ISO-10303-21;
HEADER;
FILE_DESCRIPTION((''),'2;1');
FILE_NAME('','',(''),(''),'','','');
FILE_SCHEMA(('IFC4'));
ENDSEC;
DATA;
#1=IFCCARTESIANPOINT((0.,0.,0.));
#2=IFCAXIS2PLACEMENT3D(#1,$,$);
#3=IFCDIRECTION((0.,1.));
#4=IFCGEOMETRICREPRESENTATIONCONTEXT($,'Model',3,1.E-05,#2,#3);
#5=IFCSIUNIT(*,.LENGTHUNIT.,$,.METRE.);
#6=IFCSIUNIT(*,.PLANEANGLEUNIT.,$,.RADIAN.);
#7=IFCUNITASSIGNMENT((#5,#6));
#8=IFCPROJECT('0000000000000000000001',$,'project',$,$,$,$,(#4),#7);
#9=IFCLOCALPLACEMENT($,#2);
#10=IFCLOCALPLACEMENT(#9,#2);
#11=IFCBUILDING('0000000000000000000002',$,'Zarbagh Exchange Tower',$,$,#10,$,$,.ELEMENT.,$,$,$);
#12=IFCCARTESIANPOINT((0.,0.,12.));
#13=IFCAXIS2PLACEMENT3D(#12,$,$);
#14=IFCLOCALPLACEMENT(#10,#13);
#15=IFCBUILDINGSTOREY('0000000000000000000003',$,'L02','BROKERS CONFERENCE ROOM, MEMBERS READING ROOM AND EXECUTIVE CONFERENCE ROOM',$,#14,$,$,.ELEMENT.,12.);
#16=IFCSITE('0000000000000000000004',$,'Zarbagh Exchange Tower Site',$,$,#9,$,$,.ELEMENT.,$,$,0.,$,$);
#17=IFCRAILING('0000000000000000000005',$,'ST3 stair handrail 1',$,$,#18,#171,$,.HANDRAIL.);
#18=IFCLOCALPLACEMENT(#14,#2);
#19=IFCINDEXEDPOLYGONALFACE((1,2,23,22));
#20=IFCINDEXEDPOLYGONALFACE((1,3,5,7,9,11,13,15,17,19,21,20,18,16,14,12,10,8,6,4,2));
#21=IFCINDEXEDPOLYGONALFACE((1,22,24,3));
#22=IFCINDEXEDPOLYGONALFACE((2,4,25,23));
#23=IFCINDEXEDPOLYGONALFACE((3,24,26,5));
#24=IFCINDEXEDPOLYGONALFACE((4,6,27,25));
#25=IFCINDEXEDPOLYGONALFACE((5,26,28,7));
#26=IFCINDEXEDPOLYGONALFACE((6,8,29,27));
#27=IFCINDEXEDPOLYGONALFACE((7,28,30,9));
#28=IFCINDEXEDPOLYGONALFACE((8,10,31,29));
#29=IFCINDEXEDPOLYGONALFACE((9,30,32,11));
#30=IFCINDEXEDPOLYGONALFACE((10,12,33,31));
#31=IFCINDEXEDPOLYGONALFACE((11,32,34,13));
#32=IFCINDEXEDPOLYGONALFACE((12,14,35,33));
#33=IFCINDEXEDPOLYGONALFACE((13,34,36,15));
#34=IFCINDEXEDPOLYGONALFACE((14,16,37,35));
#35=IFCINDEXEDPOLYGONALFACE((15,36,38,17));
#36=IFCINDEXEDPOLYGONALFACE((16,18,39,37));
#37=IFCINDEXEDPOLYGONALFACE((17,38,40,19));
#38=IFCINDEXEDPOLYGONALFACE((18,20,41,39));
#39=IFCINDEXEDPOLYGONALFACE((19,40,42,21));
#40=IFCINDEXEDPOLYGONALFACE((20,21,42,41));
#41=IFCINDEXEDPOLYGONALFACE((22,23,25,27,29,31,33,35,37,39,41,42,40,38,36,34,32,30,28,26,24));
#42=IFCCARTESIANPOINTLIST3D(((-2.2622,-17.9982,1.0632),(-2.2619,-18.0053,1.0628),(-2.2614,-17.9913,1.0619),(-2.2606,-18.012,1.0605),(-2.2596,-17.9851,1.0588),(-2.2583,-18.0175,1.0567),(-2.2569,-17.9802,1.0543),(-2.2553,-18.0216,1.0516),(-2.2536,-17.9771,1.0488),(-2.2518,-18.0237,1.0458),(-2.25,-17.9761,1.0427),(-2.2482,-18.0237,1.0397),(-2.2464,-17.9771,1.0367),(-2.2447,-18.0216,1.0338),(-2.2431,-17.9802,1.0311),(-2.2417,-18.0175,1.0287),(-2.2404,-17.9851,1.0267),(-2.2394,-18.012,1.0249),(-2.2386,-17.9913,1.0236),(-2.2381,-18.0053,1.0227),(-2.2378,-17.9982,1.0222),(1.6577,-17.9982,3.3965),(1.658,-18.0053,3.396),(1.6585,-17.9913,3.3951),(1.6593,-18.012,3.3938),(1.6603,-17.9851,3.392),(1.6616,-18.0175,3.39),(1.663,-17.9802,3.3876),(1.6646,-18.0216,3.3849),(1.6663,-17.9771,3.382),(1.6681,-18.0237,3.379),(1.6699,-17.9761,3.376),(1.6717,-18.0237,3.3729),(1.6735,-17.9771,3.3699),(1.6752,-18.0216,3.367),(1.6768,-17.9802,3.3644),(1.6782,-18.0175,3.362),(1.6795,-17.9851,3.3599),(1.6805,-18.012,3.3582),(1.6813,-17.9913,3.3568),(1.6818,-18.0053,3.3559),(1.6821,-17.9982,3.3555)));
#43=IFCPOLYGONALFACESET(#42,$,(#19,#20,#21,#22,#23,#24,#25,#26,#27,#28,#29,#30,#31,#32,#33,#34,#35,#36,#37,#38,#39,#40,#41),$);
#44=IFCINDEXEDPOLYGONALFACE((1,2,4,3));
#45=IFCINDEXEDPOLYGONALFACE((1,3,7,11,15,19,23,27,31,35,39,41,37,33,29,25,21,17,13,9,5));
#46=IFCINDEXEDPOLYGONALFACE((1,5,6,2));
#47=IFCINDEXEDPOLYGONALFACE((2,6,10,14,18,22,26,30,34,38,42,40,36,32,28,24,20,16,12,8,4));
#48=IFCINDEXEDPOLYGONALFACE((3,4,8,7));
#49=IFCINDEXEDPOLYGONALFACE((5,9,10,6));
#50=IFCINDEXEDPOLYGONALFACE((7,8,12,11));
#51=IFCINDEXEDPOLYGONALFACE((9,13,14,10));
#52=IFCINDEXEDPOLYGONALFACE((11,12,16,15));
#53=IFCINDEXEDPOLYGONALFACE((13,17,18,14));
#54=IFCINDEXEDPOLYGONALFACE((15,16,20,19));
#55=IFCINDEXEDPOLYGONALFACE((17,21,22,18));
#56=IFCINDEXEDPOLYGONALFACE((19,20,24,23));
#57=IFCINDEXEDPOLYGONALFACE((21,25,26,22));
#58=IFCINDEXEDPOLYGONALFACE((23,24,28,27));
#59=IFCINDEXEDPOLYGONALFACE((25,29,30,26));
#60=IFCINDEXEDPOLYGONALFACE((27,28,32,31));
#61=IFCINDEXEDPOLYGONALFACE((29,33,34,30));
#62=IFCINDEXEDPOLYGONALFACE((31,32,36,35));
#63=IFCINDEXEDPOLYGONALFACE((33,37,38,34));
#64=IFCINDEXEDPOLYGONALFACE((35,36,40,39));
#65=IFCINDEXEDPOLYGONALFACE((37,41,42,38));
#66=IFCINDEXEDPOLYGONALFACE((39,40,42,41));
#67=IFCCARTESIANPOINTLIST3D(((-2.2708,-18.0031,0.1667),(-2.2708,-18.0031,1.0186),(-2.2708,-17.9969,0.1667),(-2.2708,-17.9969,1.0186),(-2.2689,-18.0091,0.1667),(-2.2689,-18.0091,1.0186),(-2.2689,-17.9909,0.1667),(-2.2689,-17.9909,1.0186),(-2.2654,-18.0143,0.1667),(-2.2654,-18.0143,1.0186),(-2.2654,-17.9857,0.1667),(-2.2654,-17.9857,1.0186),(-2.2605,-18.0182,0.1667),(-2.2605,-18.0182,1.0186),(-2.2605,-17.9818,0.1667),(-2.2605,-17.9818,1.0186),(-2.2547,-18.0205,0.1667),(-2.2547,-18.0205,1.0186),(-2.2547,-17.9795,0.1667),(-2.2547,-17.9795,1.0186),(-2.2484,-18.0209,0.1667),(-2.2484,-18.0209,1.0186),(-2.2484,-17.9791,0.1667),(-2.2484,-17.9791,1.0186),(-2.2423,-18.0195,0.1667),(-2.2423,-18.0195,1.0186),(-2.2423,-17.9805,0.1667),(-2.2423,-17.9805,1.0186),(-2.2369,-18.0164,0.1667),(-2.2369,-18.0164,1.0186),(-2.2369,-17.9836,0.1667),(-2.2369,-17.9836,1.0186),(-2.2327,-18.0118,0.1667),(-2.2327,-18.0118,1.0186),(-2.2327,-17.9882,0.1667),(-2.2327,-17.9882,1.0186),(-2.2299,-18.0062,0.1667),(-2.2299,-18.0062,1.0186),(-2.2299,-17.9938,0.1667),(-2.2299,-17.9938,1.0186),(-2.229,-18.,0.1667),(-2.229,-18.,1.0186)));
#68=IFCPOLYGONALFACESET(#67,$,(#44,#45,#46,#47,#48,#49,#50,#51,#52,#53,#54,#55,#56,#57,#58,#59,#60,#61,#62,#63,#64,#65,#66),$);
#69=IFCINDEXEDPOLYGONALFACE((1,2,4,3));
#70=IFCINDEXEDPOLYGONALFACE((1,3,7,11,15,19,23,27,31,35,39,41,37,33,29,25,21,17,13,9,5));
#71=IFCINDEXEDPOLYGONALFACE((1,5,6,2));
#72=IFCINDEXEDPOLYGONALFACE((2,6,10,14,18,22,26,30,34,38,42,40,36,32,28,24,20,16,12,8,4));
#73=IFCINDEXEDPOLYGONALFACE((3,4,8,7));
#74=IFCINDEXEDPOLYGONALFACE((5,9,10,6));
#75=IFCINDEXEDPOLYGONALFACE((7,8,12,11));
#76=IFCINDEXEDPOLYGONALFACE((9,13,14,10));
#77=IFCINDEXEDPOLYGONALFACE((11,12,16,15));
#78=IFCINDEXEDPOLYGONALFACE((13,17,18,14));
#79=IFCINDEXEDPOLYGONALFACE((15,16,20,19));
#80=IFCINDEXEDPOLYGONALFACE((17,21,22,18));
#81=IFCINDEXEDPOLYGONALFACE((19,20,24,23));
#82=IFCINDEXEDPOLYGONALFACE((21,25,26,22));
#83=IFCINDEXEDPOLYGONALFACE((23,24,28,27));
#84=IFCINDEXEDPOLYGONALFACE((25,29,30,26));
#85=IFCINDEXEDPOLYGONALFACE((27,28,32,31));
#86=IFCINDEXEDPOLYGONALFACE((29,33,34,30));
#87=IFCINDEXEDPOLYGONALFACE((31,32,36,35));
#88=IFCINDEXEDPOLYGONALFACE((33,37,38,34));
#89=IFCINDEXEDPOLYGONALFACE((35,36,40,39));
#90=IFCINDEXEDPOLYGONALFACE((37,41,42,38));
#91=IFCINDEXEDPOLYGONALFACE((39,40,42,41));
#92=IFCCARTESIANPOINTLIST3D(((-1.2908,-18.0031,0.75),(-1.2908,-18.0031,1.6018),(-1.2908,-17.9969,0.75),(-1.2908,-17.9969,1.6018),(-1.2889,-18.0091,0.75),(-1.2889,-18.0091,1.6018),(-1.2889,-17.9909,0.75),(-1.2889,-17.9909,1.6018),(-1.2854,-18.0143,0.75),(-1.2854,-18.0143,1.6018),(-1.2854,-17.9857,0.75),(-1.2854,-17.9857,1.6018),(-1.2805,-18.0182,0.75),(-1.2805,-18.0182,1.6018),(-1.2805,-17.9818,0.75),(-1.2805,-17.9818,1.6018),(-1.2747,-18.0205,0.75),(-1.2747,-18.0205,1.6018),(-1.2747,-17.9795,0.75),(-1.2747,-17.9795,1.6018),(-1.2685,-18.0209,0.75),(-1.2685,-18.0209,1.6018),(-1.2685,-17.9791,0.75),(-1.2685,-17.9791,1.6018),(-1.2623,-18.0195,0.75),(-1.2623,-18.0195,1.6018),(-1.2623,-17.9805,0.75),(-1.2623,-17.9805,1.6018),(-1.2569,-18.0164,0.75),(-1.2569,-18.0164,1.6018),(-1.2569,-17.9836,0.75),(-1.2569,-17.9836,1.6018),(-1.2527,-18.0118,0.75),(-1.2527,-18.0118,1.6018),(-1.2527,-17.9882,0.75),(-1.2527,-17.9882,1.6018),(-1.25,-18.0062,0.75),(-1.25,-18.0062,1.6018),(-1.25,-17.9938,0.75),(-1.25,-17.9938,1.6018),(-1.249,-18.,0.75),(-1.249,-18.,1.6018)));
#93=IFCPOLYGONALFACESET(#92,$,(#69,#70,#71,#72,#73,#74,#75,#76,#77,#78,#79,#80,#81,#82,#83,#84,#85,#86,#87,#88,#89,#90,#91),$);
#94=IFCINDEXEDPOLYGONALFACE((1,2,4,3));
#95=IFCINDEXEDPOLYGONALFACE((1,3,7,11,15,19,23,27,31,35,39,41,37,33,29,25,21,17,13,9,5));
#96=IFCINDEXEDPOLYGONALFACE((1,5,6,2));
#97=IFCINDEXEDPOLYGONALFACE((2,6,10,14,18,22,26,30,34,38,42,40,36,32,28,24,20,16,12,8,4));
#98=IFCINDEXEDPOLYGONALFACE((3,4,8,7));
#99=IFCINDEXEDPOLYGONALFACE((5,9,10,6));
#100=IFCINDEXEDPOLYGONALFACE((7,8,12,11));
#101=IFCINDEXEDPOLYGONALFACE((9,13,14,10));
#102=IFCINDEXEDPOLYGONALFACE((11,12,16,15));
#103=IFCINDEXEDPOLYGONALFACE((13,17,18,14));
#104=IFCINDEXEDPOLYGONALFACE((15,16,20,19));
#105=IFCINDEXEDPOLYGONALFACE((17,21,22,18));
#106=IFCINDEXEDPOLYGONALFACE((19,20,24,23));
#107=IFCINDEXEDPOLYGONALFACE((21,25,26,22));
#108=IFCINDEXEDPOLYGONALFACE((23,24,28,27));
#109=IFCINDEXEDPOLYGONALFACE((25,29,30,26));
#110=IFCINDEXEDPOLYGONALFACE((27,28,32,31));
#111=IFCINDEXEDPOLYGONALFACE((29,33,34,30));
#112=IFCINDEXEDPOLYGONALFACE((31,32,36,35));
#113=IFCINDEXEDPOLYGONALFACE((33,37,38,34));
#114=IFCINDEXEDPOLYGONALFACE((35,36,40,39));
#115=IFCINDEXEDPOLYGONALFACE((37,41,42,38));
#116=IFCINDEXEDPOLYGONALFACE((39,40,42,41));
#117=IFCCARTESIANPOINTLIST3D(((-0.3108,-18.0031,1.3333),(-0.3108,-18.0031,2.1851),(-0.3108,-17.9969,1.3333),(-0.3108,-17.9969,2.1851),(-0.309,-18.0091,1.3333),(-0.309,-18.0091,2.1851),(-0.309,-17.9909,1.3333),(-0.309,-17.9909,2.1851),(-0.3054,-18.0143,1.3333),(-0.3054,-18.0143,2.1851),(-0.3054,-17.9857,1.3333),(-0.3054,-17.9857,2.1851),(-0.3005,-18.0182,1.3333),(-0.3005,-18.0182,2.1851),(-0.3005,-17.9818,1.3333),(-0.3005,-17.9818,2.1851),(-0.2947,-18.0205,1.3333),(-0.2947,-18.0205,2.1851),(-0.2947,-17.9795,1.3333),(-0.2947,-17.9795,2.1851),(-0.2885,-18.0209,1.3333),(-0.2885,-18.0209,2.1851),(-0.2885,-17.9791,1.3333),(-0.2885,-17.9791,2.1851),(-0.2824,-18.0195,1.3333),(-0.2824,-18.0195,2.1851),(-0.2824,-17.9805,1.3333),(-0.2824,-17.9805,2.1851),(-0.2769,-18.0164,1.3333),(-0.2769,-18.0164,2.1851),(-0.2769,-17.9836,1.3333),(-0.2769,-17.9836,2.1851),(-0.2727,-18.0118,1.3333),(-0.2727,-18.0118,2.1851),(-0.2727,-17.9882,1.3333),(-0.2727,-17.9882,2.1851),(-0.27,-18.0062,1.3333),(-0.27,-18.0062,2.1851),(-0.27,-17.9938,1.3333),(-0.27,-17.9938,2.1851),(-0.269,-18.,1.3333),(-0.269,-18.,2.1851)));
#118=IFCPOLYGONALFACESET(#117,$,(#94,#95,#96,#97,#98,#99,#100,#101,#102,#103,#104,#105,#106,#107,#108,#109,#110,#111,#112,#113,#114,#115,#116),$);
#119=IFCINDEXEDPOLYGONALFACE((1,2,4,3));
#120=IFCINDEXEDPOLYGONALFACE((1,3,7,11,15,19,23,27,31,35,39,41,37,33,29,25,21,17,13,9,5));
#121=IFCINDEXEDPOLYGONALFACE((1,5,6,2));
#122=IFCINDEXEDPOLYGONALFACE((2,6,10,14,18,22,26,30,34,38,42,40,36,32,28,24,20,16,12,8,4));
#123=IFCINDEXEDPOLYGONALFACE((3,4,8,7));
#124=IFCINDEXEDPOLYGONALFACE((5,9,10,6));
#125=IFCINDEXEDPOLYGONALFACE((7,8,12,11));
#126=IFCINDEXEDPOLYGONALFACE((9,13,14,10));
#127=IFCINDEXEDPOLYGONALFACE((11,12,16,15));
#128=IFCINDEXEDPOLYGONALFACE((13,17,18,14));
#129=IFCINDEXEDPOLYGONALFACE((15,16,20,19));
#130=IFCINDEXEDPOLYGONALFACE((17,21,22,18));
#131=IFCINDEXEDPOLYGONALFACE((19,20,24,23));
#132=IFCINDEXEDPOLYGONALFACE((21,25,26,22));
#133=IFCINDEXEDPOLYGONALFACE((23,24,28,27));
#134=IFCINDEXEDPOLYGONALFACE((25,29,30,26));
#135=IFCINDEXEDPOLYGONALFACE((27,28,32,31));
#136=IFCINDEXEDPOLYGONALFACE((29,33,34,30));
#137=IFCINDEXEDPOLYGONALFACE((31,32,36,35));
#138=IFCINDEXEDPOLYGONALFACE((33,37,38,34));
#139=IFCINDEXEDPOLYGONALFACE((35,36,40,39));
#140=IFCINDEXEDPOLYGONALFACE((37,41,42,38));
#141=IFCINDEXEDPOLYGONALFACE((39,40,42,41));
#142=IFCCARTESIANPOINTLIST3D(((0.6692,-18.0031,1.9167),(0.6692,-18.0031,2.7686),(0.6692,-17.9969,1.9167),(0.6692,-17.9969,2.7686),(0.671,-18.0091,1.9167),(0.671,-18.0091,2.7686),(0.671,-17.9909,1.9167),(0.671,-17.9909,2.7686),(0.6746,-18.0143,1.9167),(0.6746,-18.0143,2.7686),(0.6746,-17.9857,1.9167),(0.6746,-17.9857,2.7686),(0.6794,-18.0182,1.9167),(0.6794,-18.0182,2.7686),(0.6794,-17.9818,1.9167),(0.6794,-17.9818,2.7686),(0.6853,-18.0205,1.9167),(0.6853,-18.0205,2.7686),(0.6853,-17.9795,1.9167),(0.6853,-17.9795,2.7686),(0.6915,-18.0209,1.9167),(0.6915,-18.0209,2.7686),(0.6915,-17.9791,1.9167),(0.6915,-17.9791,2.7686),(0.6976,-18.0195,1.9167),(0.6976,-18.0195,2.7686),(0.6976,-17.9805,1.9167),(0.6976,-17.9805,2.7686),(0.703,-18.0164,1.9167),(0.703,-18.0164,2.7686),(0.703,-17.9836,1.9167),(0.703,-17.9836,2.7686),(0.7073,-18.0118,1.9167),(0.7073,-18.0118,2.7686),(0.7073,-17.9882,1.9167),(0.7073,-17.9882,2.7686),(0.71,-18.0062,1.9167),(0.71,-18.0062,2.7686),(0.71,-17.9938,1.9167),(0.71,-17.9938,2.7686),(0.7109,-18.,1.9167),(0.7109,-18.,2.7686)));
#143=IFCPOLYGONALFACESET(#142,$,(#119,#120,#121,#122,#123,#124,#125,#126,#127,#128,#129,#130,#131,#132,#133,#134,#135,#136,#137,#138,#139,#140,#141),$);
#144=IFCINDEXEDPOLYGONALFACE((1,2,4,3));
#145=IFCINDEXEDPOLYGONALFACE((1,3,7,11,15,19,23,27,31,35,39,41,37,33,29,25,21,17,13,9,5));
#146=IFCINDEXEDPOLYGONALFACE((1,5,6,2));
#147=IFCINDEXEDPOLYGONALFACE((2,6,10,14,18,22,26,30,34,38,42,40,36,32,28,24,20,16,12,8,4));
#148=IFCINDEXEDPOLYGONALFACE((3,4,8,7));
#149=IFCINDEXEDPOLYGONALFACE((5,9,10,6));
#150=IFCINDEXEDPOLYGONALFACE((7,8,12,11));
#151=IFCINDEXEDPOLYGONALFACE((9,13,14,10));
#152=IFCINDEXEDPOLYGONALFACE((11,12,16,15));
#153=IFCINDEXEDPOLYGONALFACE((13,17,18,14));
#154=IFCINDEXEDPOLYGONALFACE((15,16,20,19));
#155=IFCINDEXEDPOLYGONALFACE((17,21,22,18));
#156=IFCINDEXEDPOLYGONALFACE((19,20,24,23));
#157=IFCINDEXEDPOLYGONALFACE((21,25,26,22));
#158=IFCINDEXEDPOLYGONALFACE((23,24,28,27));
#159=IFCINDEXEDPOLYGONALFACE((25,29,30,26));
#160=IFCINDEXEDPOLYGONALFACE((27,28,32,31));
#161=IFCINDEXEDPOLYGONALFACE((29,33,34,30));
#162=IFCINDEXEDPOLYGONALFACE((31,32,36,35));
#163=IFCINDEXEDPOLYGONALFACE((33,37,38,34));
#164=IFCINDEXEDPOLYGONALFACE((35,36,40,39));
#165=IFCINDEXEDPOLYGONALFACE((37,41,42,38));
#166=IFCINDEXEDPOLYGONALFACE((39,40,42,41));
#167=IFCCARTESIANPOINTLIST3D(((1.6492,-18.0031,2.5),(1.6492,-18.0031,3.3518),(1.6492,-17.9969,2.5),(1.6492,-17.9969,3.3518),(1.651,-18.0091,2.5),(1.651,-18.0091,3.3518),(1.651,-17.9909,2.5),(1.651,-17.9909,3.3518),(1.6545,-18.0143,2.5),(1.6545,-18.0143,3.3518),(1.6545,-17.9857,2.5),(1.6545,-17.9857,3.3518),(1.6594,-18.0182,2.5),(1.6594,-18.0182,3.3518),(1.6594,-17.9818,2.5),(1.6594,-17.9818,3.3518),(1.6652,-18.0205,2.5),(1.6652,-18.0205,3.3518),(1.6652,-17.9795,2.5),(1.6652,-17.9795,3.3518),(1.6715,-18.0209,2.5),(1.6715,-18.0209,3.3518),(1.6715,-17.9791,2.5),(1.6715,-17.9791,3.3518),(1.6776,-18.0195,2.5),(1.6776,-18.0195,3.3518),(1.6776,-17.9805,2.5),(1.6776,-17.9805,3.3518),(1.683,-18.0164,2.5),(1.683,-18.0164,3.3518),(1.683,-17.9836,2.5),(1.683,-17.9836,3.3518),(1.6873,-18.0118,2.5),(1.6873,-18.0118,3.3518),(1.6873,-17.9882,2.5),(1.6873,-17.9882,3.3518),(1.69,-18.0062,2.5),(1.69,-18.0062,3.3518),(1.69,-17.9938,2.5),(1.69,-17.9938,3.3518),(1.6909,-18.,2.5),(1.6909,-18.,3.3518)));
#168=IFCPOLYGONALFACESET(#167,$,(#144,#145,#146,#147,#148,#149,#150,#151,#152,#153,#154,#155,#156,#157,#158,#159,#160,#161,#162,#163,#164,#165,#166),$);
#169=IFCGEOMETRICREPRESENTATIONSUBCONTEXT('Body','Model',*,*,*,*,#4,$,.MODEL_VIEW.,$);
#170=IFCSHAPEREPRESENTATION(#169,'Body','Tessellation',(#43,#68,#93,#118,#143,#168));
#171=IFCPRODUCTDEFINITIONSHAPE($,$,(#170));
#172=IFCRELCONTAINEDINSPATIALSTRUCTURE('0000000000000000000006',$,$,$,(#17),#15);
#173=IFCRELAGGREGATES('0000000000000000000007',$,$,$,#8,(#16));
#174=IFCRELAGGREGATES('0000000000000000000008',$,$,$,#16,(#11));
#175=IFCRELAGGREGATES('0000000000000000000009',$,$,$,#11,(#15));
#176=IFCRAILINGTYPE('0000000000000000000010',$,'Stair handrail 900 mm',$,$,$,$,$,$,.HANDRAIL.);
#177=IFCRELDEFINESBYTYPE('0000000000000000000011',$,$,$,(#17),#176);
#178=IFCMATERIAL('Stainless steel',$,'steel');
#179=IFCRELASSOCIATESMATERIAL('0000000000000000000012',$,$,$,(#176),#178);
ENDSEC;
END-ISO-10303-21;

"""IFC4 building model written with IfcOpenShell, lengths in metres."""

from ifc_helpers import new_model, si_unit, direction, frame, origin, origin_2d, place, context, subcontext, project, spatial, circle, extrude, material, type_object, element, save


model = new_model("IFC4")

# Units and contexts
model_context = context("Model", 3, precision=1e-05, world=origin(), true_north=direction((0.0, 1.0)))
body_context = subcontext(model_context, "Body", "Model", "MODEL_VIEW")
ifc_project = project(units=[si_unit("LENGTHUNIT", "METRE"), si_unit("PLANEANGLEUNIT", "RADIAN")], contexts=[model_context])

# Site, building, storey
site_placement = place(None, origin())
site = spatial("IfcSite", under=ifc_project, at=site_placement, Name="Zarbagh Exchange Tower Site", CompositionType="ELEMENT", RefElevation=0.0)
building_placement = place(site_placement, origin())
building = spatial("IfcBuilding", under=site, at=building_placement, Name="Zarbagh Exchange Tower", CompositionType="ELEMENT")
storey_placement = place(building_placement, frame((0.0, 0.0, 12.0)))
storey = spatial("IfcBuildingStorey", under=building, at=storey_placement, Name="L02", Description="BROKERS CONFERENCE ROOM, MEMBERS READING ROOM AND EXECUTIVE CONFERENCE ROOM", CompositionType="ELEMENT", Elevation=12.0)

# Railing
ifc_material_1 = material(Name="Stainless steel", Category="steel")
railing_type_1 = type_object("IfcRailingType", Name="Stair handrail 900 mm", PredefinedType="HANDRAIL", material=ifc_material_1)
for number, where, name in (
    (1, (-2.25, -18.0, 0.1667), "ST3 stair handrail 1"),
):
    element("IfcRailing", number, at=place(storey_placement, frame(where)), inside=storey, type_object=railing_type_1, Name=name, PredefinedType="HANDRAIL", context=body_context, shape_type="SweptSolid", body=[
        extrude(circle(Radius=0.0239, at=origin_2d()), frame((0.0, 0.0, 0.876), z_axis=(0.859296, 0.0, 0.511478), x_axis=(0.0, 1.0, 0.0)), (0.0, 0.0, 1.0), 4.5618),
        extrude(circle(Radius=0.021, at=origin_2d()), origin(), (0.0, 0.0, 1.0), 0.8518),
        extrude(circle(Radius=0.021, at=origin_2d()), frame((0.98, 0.0, 0.5833)), (0.0, 0.0, 1.0), 0.8518),
        extrude(circle(Radius=0.021, at=origin_2d()), frame((1.96, 0.0, 1.1665)), (0.0, 0.0, 1.0), 0.8518),
        extrude(circle(Radius=0.021, at=origin_2d()), frame((2.9399, 0.0, 1.75)), (0.0, 0.0, 1.0), 0.8518),
        extrude(circle(Radius=0.021, at=origin_2d()), frame((3.9199, 0.0, 2.3333)), (0.0, 0.0, 1.0), 0.8518),
    ])

save(model, "model.ifc")
